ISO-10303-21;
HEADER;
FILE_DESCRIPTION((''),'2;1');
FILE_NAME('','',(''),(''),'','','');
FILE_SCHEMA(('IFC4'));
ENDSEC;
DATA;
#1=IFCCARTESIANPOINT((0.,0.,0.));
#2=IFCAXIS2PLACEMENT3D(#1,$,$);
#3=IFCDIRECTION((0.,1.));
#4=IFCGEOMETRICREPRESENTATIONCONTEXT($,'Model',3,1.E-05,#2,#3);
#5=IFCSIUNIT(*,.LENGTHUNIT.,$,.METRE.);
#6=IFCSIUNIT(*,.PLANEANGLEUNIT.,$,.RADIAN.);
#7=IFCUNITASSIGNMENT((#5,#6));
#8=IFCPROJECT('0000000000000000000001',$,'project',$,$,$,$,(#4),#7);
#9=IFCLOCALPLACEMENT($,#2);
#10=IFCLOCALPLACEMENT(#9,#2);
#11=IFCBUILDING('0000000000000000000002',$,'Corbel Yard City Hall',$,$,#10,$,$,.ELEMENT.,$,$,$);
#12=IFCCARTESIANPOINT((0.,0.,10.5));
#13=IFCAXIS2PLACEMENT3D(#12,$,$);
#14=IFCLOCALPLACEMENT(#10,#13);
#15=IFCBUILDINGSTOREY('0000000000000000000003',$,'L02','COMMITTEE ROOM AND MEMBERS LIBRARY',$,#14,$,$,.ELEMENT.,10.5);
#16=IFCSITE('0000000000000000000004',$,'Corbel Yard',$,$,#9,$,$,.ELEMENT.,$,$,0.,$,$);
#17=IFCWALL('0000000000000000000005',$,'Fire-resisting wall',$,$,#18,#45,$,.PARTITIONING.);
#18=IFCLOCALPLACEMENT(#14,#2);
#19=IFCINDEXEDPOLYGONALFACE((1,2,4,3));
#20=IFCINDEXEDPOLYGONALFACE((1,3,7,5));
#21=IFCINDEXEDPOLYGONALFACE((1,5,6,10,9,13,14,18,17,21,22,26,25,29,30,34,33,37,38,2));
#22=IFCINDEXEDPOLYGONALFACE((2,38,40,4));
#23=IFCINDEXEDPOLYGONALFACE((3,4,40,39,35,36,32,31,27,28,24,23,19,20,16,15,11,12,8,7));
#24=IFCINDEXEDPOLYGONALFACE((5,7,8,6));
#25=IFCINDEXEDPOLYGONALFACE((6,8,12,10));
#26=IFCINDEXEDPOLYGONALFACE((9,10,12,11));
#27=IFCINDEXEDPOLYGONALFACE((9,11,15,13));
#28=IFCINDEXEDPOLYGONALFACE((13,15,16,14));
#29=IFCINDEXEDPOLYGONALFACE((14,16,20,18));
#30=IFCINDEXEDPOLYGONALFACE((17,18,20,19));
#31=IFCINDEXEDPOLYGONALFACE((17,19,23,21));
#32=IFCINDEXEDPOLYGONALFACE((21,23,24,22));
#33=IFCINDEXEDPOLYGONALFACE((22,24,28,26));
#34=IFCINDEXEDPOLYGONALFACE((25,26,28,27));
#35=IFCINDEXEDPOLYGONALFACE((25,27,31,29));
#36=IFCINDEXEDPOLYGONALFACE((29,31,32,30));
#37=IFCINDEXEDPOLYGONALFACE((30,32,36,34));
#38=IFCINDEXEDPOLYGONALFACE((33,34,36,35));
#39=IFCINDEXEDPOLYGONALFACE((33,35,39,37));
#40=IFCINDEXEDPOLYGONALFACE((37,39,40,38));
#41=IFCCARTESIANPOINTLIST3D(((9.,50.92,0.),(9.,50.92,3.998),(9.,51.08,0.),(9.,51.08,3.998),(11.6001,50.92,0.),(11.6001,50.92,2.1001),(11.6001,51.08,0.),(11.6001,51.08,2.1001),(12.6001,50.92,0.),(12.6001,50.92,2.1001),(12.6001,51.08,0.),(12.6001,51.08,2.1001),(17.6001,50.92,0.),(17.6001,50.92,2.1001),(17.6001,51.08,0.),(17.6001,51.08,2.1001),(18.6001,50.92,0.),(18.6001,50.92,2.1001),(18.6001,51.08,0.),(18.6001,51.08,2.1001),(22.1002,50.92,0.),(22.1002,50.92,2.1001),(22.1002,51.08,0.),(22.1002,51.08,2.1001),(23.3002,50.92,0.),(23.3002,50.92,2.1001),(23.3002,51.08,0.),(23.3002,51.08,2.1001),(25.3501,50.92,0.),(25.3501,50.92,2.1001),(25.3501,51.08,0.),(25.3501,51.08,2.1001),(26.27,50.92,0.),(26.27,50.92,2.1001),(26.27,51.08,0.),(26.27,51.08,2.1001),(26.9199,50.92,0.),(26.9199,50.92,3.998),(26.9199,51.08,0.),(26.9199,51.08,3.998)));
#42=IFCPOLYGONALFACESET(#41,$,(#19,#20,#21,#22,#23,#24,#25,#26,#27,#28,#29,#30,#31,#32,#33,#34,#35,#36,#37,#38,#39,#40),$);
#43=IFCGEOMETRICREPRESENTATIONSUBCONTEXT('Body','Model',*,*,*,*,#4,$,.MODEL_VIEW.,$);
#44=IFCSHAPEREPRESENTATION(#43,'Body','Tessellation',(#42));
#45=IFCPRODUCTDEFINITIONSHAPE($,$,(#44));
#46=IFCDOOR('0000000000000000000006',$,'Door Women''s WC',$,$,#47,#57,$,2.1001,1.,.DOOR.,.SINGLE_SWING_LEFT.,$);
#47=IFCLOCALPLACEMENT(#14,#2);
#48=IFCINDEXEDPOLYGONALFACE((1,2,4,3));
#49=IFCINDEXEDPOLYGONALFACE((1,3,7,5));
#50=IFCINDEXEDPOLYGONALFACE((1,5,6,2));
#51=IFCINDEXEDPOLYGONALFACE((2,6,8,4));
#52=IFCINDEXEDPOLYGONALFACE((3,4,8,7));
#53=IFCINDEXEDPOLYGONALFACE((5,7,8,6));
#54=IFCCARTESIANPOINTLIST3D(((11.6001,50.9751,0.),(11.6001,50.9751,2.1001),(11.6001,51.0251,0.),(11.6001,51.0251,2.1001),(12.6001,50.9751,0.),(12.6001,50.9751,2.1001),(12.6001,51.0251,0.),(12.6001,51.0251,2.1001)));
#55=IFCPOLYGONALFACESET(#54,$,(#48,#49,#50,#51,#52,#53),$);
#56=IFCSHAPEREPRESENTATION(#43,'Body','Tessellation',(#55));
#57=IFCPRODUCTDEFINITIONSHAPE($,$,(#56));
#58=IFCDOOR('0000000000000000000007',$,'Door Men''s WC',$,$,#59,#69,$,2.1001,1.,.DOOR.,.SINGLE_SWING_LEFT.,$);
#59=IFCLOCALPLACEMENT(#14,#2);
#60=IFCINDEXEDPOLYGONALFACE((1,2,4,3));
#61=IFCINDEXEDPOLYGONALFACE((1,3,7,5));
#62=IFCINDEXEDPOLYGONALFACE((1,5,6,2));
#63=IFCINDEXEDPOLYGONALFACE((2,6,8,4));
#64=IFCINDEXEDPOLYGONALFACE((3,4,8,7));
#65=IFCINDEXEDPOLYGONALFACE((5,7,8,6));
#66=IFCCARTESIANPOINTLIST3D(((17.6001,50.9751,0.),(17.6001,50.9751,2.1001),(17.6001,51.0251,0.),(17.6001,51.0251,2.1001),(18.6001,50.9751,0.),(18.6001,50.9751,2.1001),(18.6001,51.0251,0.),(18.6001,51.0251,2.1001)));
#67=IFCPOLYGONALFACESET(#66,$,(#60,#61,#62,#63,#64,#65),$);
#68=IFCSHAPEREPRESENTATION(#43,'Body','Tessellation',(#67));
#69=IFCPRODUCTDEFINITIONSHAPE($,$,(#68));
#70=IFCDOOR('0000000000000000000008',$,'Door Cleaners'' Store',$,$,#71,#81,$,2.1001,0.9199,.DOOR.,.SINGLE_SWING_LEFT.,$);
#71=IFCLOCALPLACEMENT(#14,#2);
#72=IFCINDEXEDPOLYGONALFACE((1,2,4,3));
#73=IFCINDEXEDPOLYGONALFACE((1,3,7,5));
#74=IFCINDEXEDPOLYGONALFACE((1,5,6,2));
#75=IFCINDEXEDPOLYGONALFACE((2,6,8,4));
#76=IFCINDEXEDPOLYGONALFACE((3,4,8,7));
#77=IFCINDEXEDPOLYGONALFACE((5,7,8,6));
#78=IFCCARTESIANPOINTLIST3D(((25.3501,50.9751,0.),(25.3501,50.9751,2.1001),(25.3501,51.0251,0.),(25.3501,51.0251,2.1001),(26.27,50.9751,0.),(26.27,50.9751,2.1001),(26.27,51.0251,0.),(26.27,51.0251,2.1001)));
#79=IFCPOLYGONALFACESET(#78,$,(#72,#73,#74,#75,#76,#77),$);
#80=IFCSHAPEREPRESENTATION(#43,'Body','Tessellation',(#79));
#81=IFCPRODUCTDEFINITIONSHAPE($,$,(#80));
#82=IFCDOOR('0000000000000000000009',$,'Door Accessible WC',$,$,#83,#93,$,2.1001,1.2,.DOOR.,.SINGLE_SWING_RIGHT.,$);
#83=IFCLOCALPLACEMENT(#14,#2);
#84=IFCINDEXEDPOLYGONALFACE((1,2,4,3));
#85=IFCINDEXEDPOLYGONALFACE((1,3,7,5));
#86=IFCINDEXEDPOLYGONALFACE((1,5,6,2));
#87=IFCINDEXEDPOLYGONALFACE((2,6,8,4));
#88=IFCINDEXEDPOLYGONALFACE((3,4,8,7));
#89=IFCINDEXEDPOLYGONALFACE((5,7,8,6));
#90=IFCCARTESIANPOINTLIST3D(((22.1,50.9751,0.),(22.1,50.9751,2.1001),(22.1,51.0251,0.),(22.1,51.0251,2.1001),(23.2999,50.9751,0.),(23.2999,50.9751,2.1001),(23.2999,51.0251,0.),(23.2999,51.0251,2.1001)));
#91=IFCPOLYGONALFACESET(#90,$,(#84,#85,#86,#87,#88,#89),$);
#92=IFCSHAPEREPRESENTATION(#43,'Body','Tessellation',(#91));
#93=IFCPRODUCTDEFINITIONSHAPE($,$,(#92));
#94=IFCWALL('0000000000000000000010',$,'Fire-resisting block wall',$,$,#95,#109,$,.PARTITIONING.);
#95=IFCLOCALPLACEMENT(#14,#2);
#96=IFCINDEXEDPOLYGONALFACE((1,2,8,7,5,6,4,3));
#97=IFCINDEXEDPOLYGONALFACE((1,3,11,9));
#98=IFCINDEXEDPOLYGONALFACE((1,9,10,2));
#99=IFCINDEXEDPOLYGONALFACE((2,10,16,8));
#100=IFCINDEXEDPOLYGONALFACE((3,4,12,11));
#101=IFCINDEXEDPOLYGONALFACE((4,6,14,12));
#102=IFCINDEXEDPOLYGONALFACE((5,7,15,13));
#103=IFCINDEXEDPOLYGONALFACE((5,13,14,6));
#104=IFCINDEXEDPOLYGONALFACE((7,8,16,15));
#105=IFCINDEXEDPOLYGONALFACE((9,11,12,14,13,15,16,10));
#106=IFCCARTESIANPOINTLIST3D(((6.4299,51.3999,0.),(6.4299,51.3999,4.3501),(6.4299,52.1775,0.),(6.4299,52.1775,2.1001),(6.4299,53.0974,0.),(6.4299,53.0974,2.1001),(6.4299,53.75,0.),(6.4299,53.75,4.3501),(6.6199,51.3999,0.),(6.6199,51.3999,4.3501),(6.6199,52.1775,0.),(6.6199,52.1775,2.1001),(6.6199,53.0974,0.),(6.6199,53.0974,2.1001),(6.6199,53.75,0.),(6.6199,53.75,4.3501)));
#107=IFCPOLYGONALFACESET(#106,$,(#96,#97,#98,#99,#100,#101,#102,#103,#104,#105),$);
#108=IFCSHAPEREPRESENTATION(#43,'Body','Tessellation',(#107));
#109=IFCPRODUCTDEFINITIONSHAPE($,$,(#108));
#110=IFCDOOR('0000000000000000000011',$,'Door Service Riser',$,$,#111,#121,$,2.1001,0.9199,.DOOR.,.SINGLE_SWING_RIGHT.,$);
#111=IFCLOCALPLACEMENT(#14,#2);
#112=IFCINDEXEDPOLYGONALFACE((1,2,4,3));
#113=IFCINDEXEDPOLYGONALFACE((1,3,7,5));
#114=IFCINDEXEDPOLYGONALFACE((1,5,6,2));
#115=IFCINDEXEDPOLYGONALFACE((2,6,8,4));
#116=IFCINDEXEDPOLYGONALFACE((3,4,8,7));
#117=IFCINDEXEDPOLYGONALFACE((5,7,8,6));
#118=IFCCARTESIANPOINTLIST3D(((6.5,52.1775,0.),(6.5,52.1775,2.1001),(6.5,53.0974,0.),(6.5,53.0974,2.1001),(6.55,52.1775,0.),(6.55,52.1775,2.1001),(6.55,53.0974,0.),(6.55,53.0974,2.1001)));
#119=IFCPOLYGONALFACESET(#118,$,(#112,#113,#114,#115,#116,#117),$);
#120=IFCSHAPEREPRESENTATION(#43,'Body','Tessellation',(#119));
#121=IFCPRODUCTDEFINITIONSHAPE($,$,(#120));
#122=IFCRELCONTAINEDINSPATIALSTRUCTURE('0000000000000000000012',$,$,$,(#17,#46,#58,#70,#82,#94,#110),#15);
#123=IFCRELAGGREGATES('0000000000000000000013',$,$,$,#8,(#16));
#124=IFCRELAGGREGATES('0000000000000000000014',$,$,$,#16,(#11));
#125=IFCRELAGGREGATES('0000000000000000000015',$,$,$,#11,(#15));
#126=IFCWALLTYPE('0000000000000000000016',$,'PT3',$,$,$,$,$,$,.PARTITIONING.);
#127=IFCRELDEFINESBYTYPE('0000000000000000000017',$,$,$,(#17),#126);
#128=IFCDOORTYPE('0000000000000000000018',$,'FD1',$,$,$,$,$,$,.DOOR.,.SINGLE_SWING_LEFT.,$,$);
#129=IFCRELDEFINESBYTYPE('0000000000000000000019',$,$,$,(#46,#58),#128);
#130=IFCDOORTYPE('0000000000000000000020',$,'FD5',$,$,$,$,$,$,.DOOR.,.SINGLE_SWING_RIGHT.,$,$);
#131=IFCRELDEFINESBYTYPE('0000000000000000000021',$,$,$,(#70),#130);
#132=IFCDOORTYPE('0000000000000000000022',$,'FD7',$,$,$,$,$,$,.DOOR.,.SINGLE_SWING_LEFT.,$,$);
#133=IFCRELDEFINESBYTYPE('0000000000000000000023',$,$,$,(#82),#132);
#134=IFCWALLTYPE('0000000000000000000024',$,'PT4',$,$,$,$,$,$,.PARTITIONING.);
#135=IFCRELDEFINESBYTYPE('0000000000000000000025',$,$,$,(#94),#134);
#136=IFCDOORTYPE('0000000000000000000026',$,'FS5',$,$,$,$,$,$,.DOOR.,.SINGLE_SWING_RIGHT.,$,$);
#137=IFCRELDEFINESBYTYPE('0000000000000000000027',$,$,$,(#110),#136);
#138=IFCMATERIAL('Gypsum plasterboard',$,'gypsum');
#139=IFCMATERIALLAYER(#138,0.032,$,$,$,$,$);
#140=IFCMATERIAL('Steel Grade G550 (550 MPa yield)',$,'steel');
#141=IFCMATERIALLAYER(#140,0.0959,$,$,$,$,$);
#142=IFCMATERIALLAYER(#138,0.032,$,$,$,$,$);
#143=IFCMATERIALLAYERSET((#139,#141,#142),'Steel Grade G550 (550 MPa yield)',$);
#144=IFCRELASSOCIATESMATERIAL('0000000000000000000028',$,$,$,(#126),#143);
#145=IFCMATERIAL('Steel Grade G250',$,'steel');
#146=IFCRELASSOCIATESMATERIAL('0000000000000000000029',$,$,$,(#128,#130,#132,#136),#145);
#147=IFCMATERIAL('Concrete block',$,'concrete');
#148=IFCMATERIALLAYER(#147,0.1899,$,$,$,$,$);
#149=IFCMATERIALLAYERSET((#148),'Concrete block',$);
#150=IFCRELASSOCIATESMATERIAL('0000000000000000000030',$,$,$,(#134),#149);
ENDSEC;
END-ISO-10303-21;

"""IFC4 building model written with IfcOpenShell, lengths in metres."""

from ifc_helpers import new_model, si_unit, direction, frame, frame_2d, origin, place, context, subcontext, project, spatial, rectangle, extrude, material, layer, layer_set, type_object, element, fill, save


model = new_model("IFC4")

# Units and contexts
model_context = context("Model", 3, precision=1e-05, world=origin(), true_north=direction((0.0, 1.0)))
body_context = subcontext(model_context, "Body", "Model", "MODEL_VIEW")
ifc_project = project(units=[si_unit("LENGTHUNIT", "METRE"), si_unit("PLANEANGLEUNIT", "RADIAN")], contexts=[model_context])

# Site, building, storey
site_placement = place(None, origin())
site = spatial("IfcSite", under=ifc_project, at=site_placement, Name="Corbel Yard", CompositionType="ELEMENT", RefElevation=0.0)
building_placement = place(site_placement, origin())
building = spatial("IfcBuilding", under=site, at=building_placement, Name="Corbel Yard City Hall", CompositionType="ELEMENT")
storey_placement = place(building_placement, frame((0.0, 0.0, 10.5)))
storey = spatial("IfcBuildingStorey", under=building, at=storey_placement, Name="L02", Description="COMMITTEE ROOM AND MEMBERS LIBRARY", CompositionType="ELEMENT", Elevation=10.5)

# Shared definitions
ifc_material_1 = material(Name="Steel Grade G250", Category="steel")

# Wall, openings, doors
ifc_material_2 = material(Name="Gypsum plasterboard", Category="gypsum")
ifc_layer_1 = layer(ifc_material_2, 0.032)
ifc_material_3 = material(Name="Steel Grade G550 (550 MPa yield)", Category="steel")
ifc_layer_2 = layer(ifc_material_3, 0.0959)
ifc_layer_3 = layer(ifc_material_2, 0.032)
ifc_layer_set_1 = layer_set([ifc_layer_1, ifc_layer_2, ifc_layer_3], Name="Steel Grade G550 (550 MPa yield)")
wall_type_1 = type_object("IfcWallType", Name="PT3", PredefinedType="PARTITIONING", material=ifc_layer_set_1)
wall_1_placement = place(storey_placement, frame((9.0, 51.0, 0.0), z_axis=(0.0, 0.0, 1.0), x_axis=(1.0, 0.0, 0.0)))
wall_1 = element("IfcWall", 1, at=wall_1_placement, inside=storey, type_object=wall_type_1, Name="Fire-resisting wall", PredefinedType="PARTITIONING", context=body_context, shape_type="SweptSolid", body=[
    extrude(rectangle(XDim=17.9199, YDim=0.1599, at=frame_2d((8.96, 0.0))), origin(), (0.0, 0.0, 1.0), 3.998),
])
opening_1_placement = place(wall_1_placement, frame((2.6001, 0.0, 0.0)))
opening_1 = element("IfcOpeningElement", 2, at=opening_1_placement, cuts=wall_1, PredefinedType="OPENING", context=body_context, shape_type="SweptSolid", body=[
    extrude(rectangle(XDim=1.0, YDim=2.1001, at=frame_2d((0.5, 1.05))), frame((0.0, 0.0898, 0.0), z_axis=(0.0, -1.0, 0.0), x_axis=(1.0, 0.0, 0.0)), (0.0, 0.0, 1.0), 0.1799),
])
opening_2_placement = place(wall_1_placement, frame((8.6001, 0.0, 0.0)))
opening_2 = element("IfcOpeningElement", 3, at=opening_2_placement, cuts=wall_1, PredefinedType="OPENING", context=body_context, shape_type="SweptSolid", body=[
    extrude(rectangle(XDim=1.0, YDim=2.1001, at=frame_2d((0.5, 1.05))), frame((0.0, 0.0898, 0.0), z_axis=(0.0, -1.0, 0.0), x_axis=(1.0, 0.0, 0.0)), (0.0, 0.0, 1.0), 0.1799),
])
opening_3_placement = place(wall_1_placement, frame((13.1001, 0.0, 0.0)))
opening_3 = element("IfcOpeningElement", 4, at=opening_3_placement, cuts=wall_1, PredefinedType="OPENING", context=body_context, shape_type="SweptSolid", body=[
    extrude(rectangle(XDim=1.2, YDim=2.1001, at=frame_2d((0.6001, 1.05))), frame((0.0, 0.0898, 0.0), z_axis=(0.0, -1.0, 0.0), x_axis=(1.0, 0.0, 0.0)), (0.0, 0.0, 1.0), 0.1799),
])
opening_4_placement = place(wall_1_placement, frame((16.3501, 0.0, 0.0)))
opening_4 = element("IfcOpeningElement", 5, at=opening_4_placement, cuts=wall_1, PredefinedType="OPENING", context=body_context, shape_type="SweptSolid", body=[
    extrude(rectangle(XDim=0.9199, YDim=2.1001, at=frame_2d((0.46, 1.05))), frame((0.0, 0.0898, 0.0), z_axis=(0.0, -1.0, 0.0), x_axis=(1.0, 0.0, 0.0)), (0.0, 0.0, 1.0), 0.1799),
])
door_type_1 = type_object("IfcDoorType", Name="FD1", OperationType="SINGLE_SWING_LEFT", PredefinedType="DOOR", material=ifc_material_1)
door_1_placement = place(opening_1_placement, frame((1.0, 0.0, 0.0), z_axis=(0.0, 0.0, 1.0), x_axis=(-1.0, 0.0, 0.0)))
door_1 = element("IfcDoor", 6, at=door_1_placement, inside=storey, type_object=door_type_1, Name="Door Women's WC", OperationType="SINGLE_SWING_LEFT", OverallHeight=2.1001, OverallWidth=1.0, PredefinedType="DOOR", context=body_context, shape_type="SweptSolid", body=[
    extrude(rectangle(XDim=1.0, YDim=2.1001, at=frame_2d((0.5, 1.05))), frame((0.0, 0.0249, 0.0), z_axis=(0.0, -1.0, 0.0), x_axis=(1.0, 0.0, 0.0)), (0.0, 0.0, 1.0), 0.05),
])
fill(opening_1, door_1)
door_2_placement = place(opening_2_placement, frame((1.0, 0.0, 0.0), z_axis=(0.0, 0.0, 1.0), x_axis=(-1.0, 0.0, 0.0)))
door_2 = element("IfcDoor", 7, at=door_2_placement, inside=storey, type_object=door_type_1, Name="Door Men's WC", OperationType="SINGLE_SWING_LEFT", OverallHeight=2.1001, OverallWidth=1.0, PredefinedType="DOOR", context=body_context, shape_type="SweptSolid", body=[
    extrude(rectangle(XDim=1.0, YDim=2.1001, at=frame_2d((0.5, 1.05))), frame((0.0, 0.0249, 0.0), z_axis=(0.0, -1.0, 0.0), x_axis=(1.0, 0.0, 0.0)), (0.0, 0.0, 1.0), 0.05),
])
fill(opening_2, door_2)
door_type_2 = type_object("IfcDoorType", Name="FD5", OperationType="SINGLE_SWING_RIGHT", PredefinedType="DOOR", material=ifc_material_1)
door_3_placement = place(opening_4_placement, frame((0.9199, 0.0, 0.0), z_axis=(0.0, 0.0, 1.0), x_axis=(-1.0, 0.0, 0.0)))
door_3 = element("IfcDoor", 8, at=door_3_placement, inside=storey, type_object=door_type_2, Name="Door Cleaners' Store", OperationType="SINGLE_SWING_LEFT", OverallHeight=2.1001, OverallWidth=0.9199, PredefinedType="DOOR", context=body_context, shape_type="SweptSolid", body=[
    extrude(rectangle(XDim=0.9199, YDim=2.1001, at=frame_2d((0.46, 1.05))), frame((0.0, 0.0249, 0.0), z_axis=(0.0, -1.0, 0.0), x_axis=(1.0, 0.0, 0.0)), (0.0, 0.0, 1.0), 0.05),
])
fill(opening_4, door_3)
door_type_3 = type_object("IfcDoorType", Name="FD7", OperationType="SINGLE_SWING_LEFT", PredefinedType="DOOR", material=ifc_material_1)
door_4_placement = place(opening_3_placement, frame((1.2, 0.0, 0.0), z_axis=(0.0, 0.0, 1.0), x_axis=(-1.0, 0.0, 0.0)))
door_4 = element("IfcDoor", 9, at=door_4_placement, inside=storey, type_object=door_type_3, Name="Door Accessible WC", OperationType="SINGLE_SWING_RIGHT", OverallHeight=2.1001, OverallWidth=1.2, PredefinedType="DOOR", context=body_context, shape_type="SweptSolid", body=[
    extrude(rectangle(XDim=1.2, YDim=2.1001, at=frame_2d((0.6001, 1.05))), frame((0.0, 0.0249, 0.0), z_axis=(0.0, -1.0, 0.0), x_axis=(1.0, 0.0, 0.0)), (0.0, 0.0, 1.0), 0.05),
])
fill(opening_3, door_4)

# Wall, opening, door
ifc_material_4 = material(Name="Concrete block", Category="concrete")
ifc_layer_4 = layer(ifc_material_4, 0.1899)
ifc_layer_set_2 = layer_set([ifc_layer_4], Name="Concrete block")
wall_type_2 = type_object("IfcWallType", Name="PT4", PredefinedType="PARTITIONING", material=ifc_layer_set_2)
wall_2_placement = place(storey_placement, frame((6.5249, 51.3999, 0.0), z_axis=(0.0, 0.0, 1.0), x_axis=(0.0, 1.0, 0.0)))
wall_2 = element("IfcWall", 10, at=wall_2_placement, inside=storey, type_object=wall_type_2, Name="Fire-resisting block wall", PredefinedType="PARTITIONING", context=body_context, shape_type="SweptSolid", body=[
    extrude(rectangle(XDim=2.3501, YDim=0.1899, at=frame_2d((1.175, 0.0))), origin(), (0.0, 0.0, 1.0), 4.3501),
])
opening_5_placement = place(wall_2_placement, frame((0.7776, 0.0, 0.0)))
opening_5 = element("IfcOpeningElement", 11, at=opening_5_placement, cuts=wall_2, PredefinedType="OPENING", context=body_context, shape_type="SweptSolid", body=[
    extrude(rectangle(XDim=0.9199, YDim=2.1001, at=frame_2d((0.46, 1.05))), frame((0.0, 0.105, 0.0), z_axis=(0.0, -1.0, 0.0), x_axis=(1.0, 0.0, 0.0)), (0.0, 0.0, 1.0), 0.21),
])
door_type_4 = type_object("IfcDoorType", Name="FS5", OperationType="SINGLE_SWING_RIGHT", PredefinedType="DOOR", material=ifc_material_1)
door_5_placement = place(opening_5_placement, origin())
door_5 = element("IfcDoor", 12, at=door_5_placement, inside=storey, type_object=door_type_4, Name="Door Service Riser", OperationType="SINGLE_SWING_RIGHT", OverallHeight=2.1001, OverallWidth=0.9199, PredefinedType="DOOR", context=body_context, shape_type="SweptSolid", body=[
    extrude(rectangle(XDim=0.9199, YDim=2.1001, at=frame_2d((0.46, 1.05))), frame((0.0, 0.0249, 0.0), z_axis=(0.0, -1.0, 0.0), x_axis=(1.0, 0.0, 0.0)), (0.0, 0.0, 1.0), 0.05),
])
fill(opening_5, door_5)

save(model, "model.ifc")
